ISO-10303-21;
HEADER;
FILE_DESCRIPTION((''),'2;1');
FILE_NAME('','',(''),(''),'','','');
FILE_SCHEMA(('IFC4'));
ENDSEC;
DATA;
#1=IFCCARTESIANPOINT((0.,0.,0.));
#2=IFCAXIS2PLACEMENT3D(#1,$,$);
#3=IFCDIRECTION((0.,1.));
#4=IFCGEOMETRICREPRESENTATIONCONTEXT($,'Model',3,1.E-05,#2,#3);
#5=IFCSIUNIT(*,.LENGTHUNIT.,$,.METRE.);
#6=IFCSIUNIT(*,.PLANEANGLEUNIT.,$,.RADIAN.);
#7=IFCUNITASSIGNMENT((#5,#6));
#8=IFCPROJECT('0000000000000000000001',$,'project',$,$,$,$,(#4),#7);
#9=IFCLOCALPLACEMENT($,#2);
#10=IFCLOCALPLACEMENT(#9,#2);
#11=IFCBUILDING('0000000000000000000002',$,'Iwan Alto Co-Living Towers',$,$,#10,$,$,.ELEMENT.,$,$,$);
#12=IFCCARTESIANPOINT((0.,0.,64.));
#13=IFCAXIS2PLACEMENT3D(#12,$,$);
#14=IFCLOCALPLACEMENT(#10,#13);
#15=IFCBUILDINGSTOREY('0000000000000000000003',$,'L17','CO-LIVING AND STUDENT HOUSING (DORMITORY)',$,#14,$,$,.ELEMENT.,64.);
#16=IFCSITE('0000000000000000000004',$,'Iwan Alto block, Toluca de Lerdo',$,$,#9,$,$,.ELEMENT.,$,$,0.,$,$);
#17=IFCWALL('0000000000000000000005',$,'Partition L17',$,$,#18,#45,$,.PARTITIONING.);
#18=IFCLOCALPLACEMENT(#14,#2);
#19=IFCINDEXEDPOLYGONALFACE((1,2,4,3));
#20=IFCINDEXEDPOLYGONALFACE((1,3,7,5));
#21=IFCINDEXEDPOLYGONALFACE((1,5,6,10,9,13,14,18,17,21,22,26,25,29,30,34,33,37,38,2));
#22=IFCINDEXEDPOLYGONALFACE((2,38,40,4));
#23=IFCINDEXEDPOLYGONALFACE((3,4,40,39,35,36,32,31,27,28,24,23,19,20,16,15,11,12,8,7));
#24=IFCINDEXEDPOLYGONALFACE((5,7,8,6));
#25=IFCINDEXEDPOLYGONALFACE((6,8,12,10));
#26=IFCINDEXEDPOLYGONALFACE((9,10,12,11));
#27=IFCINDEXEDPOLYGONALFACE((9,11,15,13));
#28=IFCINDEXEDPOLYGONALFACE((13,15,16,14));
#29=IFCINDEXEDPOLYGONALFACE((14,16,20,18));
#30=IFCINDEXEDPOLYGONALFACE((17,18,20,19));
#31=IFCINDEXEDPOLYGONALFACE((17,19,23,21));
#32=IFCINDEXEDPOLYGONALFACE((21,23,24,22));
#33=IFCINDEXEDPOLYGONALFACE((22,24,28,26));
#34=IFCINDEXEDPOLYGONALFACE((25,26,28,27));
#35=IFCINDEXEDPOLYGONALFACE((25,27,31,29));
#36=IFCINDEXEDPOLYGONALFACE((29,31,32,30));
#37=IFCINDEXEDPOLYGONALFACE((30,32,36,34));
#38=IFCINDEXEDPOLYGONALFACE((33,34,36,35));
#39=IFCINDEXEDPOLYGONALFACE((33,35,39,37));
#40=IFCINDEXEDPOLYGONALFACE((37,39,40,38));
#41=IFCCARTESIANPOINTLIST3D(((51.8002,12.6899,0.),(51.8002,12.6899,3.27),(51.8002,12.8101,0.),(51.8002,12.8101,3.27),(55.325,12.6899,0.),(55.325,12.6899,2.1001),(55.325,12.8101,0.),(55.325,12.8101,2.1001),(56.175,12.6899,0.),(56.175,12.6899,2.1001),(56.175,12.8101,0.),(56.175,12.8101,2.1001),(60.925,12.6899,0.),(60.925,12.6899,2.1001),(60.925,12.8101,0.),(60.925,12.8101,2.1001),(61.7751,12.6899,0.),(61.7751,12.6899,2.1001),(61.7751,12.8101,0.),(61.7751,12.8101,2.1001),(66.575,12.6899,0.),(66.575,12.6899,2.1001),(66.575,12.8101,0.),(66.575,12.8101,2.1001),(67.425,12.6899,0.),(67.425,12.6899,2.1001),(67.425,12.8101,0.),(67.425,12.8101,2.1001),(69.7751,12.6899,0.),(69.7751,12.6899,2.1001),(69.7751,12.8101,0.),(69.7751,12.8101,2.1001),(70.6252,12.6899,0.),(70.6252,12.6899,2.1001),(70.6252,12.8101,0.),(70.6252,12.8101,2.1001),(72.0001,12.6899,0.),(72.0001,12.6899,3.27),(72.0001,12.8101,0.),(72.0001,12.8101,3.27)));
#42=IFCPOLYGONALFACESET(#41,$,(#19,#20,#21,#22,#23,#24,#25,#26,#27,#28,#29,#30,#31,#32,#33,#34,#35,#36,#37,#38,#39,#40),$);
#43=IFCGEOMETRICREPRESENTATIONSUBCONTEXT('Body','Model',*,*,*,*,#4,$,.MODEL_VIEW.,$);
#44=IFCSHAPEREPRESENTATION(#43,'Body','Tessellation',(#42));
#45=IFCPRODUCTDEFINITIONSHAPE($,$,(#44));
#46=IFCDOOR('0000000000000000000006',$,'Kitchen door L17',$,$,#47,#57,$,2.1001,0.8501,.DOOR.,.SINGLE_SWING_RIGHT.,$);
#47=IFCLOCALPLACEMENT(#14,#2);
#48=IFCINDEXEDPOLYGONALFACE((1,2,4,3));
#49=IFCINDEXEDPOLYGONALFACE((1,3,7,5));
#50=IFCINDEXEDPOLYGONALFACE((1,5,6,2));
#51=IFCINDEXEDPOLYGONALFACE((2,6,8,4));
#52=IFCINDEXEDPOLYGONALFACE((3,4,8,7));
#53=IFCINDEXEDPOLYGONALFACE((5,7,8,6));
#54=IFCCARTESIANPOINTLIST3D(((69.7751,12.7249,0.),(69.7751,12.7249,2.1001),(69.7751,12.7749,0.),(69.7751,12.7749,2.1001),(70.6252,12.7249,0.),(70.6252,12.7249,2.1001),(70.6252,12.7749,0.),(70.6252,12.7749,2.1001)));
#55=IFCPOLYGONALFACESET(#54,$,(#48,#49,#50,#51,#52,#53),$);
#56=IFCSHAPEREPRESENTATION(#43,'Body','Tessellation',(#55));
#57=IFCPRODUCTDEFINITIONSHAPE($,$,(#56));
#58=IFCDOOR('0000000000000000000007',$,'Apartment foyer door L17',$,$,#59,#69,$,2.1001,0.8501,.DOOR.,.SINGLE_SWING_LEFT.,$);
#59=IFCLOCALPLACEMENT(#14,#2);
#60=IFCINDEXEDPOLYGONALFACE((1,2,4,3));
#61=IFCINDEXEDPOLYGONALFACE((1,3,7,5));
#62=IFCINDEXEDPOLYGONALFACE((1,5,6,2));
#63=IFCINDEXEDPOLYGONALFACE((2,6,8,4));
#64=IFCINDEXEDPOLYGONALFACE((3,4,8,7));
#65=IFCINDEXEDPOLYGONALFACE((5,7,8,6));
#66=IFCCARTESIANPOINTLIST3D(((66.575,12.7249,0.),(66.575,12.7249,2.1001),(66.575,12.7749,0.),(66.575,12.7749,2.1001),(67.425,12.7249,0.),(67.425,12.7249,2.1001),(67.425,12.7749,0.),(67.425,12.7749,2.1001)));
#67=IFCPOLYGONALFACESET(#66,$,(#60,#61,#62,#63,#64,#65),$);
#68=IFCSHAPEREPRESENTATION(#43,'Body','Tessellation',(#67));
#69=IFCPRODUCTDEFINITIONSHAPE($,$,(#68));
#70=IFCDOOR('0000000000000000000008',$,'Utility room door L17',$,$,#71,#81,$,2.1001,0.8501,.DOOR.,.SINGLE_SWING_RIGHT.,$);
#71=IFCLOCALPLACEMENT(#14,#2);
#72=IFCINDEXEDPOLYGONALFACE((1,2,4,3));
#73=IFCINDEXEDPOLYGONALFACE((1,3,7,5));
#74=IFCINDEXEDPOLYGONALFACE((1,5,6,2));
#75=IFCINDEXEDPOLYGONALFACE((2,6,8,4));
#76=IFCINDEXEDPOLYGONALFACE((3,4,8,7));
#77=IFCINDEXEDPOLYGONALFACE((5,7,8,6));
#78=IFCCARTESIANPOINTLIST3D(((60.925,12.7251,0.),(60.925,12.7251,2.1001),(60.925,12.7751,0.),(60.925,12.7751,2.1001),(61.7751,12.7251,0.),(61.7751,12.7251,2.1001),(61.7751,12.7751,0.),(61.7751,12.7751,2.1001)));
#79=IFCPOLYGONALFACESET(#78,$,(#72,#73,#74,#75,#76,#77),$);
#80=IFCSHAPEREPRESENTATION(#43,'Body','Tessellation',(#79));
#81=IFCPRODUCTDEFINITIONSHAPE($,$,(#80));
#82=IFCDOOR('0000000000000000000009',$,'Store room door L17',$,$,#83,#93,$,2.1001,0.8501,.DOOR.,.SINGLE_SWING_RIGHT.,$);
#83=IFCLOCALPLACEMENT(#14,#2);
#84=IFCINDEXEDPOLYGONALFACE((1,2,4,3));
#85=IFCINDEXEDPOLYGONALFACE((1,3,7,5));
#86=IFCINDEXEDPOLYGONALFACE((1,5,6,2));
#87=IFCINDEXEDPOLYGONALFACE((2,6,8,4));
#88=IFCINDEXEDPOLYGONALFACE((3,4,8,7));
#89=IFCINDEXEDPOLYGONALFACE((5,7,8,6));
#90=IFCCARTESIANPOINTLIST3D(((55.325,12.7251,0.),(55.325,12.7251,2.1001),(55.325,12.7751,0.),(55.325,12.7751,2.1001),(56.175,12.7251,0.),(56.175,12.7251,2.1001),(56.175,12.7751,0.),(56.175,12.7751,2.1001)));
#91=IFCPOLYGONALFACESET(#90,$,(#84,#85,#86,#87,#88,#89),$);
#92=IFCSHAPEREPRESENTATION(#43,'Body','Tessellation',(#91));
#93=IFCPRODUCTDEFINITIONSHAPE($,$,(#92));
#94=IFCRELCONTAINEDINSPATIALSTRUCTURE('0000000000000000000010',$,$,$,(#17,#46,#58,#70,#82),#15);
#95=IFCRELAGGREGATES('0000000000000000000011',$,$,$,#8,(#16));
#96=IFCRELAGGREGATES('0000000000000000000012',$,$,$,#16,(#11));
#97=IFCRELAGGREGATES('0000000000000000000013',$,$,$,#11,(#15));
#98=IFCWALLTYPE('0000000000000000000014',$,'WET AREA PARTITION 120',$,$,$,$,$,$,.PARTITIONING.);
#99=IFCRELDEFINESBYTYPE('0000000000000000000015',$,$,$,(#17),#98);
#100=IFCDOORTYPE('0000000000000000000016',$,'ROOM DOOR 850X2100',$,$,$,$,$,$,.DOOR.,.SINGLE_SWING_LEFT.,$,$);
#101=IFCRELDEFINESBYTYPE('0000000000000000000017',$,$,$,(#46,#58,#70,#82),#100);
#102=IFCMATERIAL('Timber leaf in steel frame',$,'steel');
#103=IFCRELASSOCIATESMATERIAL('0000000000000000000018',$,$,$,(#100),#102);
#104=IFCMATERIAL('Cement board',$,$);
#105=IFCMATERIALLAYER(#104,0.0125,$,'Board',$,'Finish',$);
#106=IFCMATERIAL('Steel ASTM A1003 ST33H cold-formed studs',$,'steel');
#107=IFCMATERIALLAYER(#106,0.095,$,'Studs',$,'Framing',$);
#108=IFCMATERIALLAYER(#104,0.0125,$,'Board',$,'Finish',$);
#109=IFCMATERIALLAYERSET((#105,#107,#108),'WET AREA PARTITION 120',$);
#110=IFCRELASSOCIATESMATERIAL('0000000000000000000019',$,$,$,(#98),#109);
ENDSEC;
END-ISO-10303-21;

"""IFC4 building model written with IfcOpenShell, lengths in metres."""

from ifc_helpers import new_model, si_unit, direction, frame, frame_2d, origin, place, context, subcontext, project, spatial, rectangle, extrude, material, layer, layer_set, type_object, element, fill, save


model = new_model("IFC4")

# Units and contexts
model_context = context("Model", 3, precision=1e-05, world=origin(), true_north=direction((0.0, 1.0)))
body_context = subcontext(model_context, "Body", "Model", "MODEL_VIEW")
ifc_project = project(units=[si_unit("LENGTHUNIT", "METRE"), si_unit("PLANEANGLEUNIT", "RADIAN")], contexts=[model_context])

# Site, building, storey
site_placement = place(None, origin())
site = spatial("IfcSite", under=ifc_project, at=site_placement, Name="Iwan Alto block, Toluca de Lerdo", CompositionType="ELEMENT", RefElevation=0.0)
building_placement = place(site_placement, origin())
building = spatial("IfcBuilding", under=site, at=building_placement, Name="Iwan Alto Co-Living Towers", CompositionType="ELEMENT")
storey_placement = place(building_placement, frame((0.0, 0.0, 64.0)))
storey = spatial("IfcBuildingStorey", under=building, at=storey_placement, Name="L17", Description="CO-LIVING AND STUDENT HOUSING (DORMITORY)", CompositionType="ELEMENT", Elevation=64.0)

# Shared definitions
ifc_material_1 = material(Name="Steel ASTM A1003 ST33H cold-formed studs", Category="steel")

# Shared definitions
ifc_material_2 = material(Name="Timber leaf in steel frame", Category="steel")
door_type_1 = type_object("IfcDoorType", Name="ROOM DOOR 850X2100", OperationType="SINGLE_SWING_LEFT", PredefinedType="DOOR", material=ifc_material_2)

# Wall, openings, doors
ifc_material_3 = material(Name="Cement board")
ifc_layer_1 = layer(ifc_material_3, 0.0125, Name="Board", Category="Finish")
ifc_layer_2 = layer(ifc_material_1, 0.095, Name="Studs", Category="Framing")
ifc_layer_3 = layer(ifc_material_3, 0.0125, Name="Board", Category="Finish")
ifc_layer_set_1 = layer_set([ifc_layer_1, ifc_layer_2, ifc_layer_3], Name="WET AREA PARTITION 120")
wall_type_1 = type_object("IfcWallType", Name="WET AREA PARTITION 120", PredefinedType="PARTITIONING", material=ifc_layer_set_1)
wall_1_placement = place(storey_placement, frame((51.8, 12.75, 0.0), z_axis=(0.0, 0.0, 1.0), x_axis=(1.0, 0.0, 0.0)))
wall_1 = element("IfcWall", 1, at=wall_1_placement, inside=storey, type_object=wall_type_1, Name="Partition L17", PredefinedType="PARTITIONING", context=body_context, shape_type="SweptSolid", body=[
    extrude(rectangle(XDim=20.2, YDim=0.1201, at=frame_2d((10.1001, 0.0))), origin(), (0.0, 0.0, 1.0), 3.27),
])
opening_1_placement = place(wall_1_placement, frame((17.9751, 0.0, 0.0)))
opening_1 = element("IfcOpeningElement", 2, at=opening_1_placement, cuts=wall_1, PredefinedType="OPENING", context=body_context, shape_type="SweptSolid", body=[
    extrude(rectangle(XDim=0.8501, YDim=2.1001, at=frame_2d((0.425, 1.05))), frame((0.0, 0.0701, 0.0), z_axis=(0.0, -1.0, 0.0), x_axis=(1.0, 0.0, 0.0)), (0.0, 0.0, 1.0), 0.1401),
])
opening_2_placement = place(wall_1_placement, frame((14.7749, 0.0, 0.0)))
opening_2 = element("IfcOpeningElement", 3, at=opening_2_placement, cuts=wall_1, PredefinedType="OPENING", context=body_context, shape_type="SweptSolid", body=[
    extrude(rectangle(XDim=0.8501, YDim=2.1001, at=frame_2d((0.425, 1.05))), frame((0.0, 0.0701, 0.0), z_axis=(0.0, -1.0, 0.0), x_axis=(1.0, 0.0, 0.0)), (0.0, 0.0, 1.0), 0.1401),
])
opening_3_placement = place(wall_1_placement, frame((9.125, 0.0, 0.0)))
opening_3 = element("IfcOpeningElement", 4, at=opening_3_placement, cuts=wall_1, PredefinedType="OPENING", context=body_context, shape_type="SweptSolid", body=[
    extrude(rectangle(XDim=0.8501, YDim=2.1001, at=frame_2d((0.425, 1.05))), frame((0.0, 0.0701, 0.0), z_axis=(0.0, -1.0, 0.0), x_axis=(1.0, 0.0, 0.0)), (0.0, 0.0, 1.0), 0.1401),
])
opening_4_placement = place(wall_1_placement, frame((3.5249, 0.0, 0.0)))
opening_4 = element("IfcOpeningElement", 5, at=opening_4_placement, cuts=wall_1, PredefinedType="OPENING", context=body_context, shape_type="SweptSolid", body=[
    extrude(rectangle(XDim=0.8501, YDim=2.1001, at=frame_2d((0.425, 1.05))), frame((0.0, 0.0701, 0.0), z_axis=(0.0, -1.0, 0.0), x_axis=(1.0, 0.0, 0.0)), (0.0, 0.0, 1.0), 0.1401),
])
door_1_placement = place(opening_1_placement, origin())
door_1 = element("IfcDoor", 6, at=door_1_placement, inside=storey, type_object=door_type_1, Name="Kitchen door L17", OperationType="SINGLE_SWING_RIGHT", OverallHeight=2.1001, OverallWidth=0.8501, PredefinedType="DOOR", context=body_context, shape_type="SweptSolid", body=[
    extrude(rectangle(XDim=0.8501, YDim=2.1001, at=frame_2d((0.425, 1.05))), frame((0.0, 0.0249, 0.0), z_axis=(0.0, -1.0, 0.0), x_axis=(1.0, 0.0, 0.0)), (0.0, 0.0, 1.0), 0.05),
])
fill(opening_1, door_1)
door_2_placement = place(opening_2_placement, origin())
door_2 = element("IfcDoor", 7, at=door_2_placement, inside=storey, type_object=door_type_1, Name="Apartment foyer door L17", OperationType="SINGLE_SWING_LEFT", OverallHeight=2.1001, OverallWidth=0.8501, PredefinedType="DOOR", context=body_context, shape_type="SweptSolid", body=[
    extrude(rectangle(XDim=0.8501, YDim=2.1001, at=frame_2d((0.425, 1.05))), frame((0.0, 0.0249, 0.0), z_axis=(0.0, -1.0, 0.0), x_axis=(1.0, 0.0, 0.0)), (0.0, 0.0, 1.0), 0.05),
])
fill(opening_2, door_2)
door_3_placement = place(opening_3_placement, frame((0.8501, 0.0, 0.0), z_axis=(0.0, 0.0, 1.0), x_axis=(-1.0, 0.0, 0.0)))
door_3 = element("IfcDoor", 8, at=door_3_placement, inside=storey, type_object=door_type_1, Name="Utility room door L17", OperationType="SINGLE_SWING_RIGHT", OverallHeight=2.1001, OverallWidth=0.8501, PredefinedType="DOOR", context=body_context, shape_type="SweptSolid", body=[
    extrude(rectangle(XDim=0.8501, YDim=2.1001, at=frame_2d((0.425, 1.05))), frame((0.0, 0.0249, 0.0), z_axis=(0.0, -1.0, 0.0), x_axis=(1.0, 0.0, 0.0)), (0.0, 0.0, 1.0), 0.05),
])
fill(opening_3, door_3)
door_4_placement = place(opening_4_placement, frame((0.8501, 0.0, 0.0), z_axis=(0.0, 0.0, 1.0), x_axis=(-1.0, 0.0, 0.0)))
door_4 = element("IfcDoor", 9, at=door_4_placement, inside=storey, type_object=door_type_1, Name="Store room door L17", OperationType="SINGLE_SWING_RIGHT", OverallHeight=2.1001, OverallWidth=0.8501, PredefinedType="DOOR", context=body_context, shape_type="SweptSolid", body=[
    extrude(rectangle(XDim=0.8501, YDim=2.1001, at=frame_2d((0.425, 1.05))), frame((0.0, 0.0249, 0.0), z_axis=(0.0, -1.0, 0.0), x_axis=(1.0, 0.0, 0.0)), (0.0, 0.0, 1.0), 0.05),
])
fill(opening_4, door_4)

save(model, "model.ifc")
